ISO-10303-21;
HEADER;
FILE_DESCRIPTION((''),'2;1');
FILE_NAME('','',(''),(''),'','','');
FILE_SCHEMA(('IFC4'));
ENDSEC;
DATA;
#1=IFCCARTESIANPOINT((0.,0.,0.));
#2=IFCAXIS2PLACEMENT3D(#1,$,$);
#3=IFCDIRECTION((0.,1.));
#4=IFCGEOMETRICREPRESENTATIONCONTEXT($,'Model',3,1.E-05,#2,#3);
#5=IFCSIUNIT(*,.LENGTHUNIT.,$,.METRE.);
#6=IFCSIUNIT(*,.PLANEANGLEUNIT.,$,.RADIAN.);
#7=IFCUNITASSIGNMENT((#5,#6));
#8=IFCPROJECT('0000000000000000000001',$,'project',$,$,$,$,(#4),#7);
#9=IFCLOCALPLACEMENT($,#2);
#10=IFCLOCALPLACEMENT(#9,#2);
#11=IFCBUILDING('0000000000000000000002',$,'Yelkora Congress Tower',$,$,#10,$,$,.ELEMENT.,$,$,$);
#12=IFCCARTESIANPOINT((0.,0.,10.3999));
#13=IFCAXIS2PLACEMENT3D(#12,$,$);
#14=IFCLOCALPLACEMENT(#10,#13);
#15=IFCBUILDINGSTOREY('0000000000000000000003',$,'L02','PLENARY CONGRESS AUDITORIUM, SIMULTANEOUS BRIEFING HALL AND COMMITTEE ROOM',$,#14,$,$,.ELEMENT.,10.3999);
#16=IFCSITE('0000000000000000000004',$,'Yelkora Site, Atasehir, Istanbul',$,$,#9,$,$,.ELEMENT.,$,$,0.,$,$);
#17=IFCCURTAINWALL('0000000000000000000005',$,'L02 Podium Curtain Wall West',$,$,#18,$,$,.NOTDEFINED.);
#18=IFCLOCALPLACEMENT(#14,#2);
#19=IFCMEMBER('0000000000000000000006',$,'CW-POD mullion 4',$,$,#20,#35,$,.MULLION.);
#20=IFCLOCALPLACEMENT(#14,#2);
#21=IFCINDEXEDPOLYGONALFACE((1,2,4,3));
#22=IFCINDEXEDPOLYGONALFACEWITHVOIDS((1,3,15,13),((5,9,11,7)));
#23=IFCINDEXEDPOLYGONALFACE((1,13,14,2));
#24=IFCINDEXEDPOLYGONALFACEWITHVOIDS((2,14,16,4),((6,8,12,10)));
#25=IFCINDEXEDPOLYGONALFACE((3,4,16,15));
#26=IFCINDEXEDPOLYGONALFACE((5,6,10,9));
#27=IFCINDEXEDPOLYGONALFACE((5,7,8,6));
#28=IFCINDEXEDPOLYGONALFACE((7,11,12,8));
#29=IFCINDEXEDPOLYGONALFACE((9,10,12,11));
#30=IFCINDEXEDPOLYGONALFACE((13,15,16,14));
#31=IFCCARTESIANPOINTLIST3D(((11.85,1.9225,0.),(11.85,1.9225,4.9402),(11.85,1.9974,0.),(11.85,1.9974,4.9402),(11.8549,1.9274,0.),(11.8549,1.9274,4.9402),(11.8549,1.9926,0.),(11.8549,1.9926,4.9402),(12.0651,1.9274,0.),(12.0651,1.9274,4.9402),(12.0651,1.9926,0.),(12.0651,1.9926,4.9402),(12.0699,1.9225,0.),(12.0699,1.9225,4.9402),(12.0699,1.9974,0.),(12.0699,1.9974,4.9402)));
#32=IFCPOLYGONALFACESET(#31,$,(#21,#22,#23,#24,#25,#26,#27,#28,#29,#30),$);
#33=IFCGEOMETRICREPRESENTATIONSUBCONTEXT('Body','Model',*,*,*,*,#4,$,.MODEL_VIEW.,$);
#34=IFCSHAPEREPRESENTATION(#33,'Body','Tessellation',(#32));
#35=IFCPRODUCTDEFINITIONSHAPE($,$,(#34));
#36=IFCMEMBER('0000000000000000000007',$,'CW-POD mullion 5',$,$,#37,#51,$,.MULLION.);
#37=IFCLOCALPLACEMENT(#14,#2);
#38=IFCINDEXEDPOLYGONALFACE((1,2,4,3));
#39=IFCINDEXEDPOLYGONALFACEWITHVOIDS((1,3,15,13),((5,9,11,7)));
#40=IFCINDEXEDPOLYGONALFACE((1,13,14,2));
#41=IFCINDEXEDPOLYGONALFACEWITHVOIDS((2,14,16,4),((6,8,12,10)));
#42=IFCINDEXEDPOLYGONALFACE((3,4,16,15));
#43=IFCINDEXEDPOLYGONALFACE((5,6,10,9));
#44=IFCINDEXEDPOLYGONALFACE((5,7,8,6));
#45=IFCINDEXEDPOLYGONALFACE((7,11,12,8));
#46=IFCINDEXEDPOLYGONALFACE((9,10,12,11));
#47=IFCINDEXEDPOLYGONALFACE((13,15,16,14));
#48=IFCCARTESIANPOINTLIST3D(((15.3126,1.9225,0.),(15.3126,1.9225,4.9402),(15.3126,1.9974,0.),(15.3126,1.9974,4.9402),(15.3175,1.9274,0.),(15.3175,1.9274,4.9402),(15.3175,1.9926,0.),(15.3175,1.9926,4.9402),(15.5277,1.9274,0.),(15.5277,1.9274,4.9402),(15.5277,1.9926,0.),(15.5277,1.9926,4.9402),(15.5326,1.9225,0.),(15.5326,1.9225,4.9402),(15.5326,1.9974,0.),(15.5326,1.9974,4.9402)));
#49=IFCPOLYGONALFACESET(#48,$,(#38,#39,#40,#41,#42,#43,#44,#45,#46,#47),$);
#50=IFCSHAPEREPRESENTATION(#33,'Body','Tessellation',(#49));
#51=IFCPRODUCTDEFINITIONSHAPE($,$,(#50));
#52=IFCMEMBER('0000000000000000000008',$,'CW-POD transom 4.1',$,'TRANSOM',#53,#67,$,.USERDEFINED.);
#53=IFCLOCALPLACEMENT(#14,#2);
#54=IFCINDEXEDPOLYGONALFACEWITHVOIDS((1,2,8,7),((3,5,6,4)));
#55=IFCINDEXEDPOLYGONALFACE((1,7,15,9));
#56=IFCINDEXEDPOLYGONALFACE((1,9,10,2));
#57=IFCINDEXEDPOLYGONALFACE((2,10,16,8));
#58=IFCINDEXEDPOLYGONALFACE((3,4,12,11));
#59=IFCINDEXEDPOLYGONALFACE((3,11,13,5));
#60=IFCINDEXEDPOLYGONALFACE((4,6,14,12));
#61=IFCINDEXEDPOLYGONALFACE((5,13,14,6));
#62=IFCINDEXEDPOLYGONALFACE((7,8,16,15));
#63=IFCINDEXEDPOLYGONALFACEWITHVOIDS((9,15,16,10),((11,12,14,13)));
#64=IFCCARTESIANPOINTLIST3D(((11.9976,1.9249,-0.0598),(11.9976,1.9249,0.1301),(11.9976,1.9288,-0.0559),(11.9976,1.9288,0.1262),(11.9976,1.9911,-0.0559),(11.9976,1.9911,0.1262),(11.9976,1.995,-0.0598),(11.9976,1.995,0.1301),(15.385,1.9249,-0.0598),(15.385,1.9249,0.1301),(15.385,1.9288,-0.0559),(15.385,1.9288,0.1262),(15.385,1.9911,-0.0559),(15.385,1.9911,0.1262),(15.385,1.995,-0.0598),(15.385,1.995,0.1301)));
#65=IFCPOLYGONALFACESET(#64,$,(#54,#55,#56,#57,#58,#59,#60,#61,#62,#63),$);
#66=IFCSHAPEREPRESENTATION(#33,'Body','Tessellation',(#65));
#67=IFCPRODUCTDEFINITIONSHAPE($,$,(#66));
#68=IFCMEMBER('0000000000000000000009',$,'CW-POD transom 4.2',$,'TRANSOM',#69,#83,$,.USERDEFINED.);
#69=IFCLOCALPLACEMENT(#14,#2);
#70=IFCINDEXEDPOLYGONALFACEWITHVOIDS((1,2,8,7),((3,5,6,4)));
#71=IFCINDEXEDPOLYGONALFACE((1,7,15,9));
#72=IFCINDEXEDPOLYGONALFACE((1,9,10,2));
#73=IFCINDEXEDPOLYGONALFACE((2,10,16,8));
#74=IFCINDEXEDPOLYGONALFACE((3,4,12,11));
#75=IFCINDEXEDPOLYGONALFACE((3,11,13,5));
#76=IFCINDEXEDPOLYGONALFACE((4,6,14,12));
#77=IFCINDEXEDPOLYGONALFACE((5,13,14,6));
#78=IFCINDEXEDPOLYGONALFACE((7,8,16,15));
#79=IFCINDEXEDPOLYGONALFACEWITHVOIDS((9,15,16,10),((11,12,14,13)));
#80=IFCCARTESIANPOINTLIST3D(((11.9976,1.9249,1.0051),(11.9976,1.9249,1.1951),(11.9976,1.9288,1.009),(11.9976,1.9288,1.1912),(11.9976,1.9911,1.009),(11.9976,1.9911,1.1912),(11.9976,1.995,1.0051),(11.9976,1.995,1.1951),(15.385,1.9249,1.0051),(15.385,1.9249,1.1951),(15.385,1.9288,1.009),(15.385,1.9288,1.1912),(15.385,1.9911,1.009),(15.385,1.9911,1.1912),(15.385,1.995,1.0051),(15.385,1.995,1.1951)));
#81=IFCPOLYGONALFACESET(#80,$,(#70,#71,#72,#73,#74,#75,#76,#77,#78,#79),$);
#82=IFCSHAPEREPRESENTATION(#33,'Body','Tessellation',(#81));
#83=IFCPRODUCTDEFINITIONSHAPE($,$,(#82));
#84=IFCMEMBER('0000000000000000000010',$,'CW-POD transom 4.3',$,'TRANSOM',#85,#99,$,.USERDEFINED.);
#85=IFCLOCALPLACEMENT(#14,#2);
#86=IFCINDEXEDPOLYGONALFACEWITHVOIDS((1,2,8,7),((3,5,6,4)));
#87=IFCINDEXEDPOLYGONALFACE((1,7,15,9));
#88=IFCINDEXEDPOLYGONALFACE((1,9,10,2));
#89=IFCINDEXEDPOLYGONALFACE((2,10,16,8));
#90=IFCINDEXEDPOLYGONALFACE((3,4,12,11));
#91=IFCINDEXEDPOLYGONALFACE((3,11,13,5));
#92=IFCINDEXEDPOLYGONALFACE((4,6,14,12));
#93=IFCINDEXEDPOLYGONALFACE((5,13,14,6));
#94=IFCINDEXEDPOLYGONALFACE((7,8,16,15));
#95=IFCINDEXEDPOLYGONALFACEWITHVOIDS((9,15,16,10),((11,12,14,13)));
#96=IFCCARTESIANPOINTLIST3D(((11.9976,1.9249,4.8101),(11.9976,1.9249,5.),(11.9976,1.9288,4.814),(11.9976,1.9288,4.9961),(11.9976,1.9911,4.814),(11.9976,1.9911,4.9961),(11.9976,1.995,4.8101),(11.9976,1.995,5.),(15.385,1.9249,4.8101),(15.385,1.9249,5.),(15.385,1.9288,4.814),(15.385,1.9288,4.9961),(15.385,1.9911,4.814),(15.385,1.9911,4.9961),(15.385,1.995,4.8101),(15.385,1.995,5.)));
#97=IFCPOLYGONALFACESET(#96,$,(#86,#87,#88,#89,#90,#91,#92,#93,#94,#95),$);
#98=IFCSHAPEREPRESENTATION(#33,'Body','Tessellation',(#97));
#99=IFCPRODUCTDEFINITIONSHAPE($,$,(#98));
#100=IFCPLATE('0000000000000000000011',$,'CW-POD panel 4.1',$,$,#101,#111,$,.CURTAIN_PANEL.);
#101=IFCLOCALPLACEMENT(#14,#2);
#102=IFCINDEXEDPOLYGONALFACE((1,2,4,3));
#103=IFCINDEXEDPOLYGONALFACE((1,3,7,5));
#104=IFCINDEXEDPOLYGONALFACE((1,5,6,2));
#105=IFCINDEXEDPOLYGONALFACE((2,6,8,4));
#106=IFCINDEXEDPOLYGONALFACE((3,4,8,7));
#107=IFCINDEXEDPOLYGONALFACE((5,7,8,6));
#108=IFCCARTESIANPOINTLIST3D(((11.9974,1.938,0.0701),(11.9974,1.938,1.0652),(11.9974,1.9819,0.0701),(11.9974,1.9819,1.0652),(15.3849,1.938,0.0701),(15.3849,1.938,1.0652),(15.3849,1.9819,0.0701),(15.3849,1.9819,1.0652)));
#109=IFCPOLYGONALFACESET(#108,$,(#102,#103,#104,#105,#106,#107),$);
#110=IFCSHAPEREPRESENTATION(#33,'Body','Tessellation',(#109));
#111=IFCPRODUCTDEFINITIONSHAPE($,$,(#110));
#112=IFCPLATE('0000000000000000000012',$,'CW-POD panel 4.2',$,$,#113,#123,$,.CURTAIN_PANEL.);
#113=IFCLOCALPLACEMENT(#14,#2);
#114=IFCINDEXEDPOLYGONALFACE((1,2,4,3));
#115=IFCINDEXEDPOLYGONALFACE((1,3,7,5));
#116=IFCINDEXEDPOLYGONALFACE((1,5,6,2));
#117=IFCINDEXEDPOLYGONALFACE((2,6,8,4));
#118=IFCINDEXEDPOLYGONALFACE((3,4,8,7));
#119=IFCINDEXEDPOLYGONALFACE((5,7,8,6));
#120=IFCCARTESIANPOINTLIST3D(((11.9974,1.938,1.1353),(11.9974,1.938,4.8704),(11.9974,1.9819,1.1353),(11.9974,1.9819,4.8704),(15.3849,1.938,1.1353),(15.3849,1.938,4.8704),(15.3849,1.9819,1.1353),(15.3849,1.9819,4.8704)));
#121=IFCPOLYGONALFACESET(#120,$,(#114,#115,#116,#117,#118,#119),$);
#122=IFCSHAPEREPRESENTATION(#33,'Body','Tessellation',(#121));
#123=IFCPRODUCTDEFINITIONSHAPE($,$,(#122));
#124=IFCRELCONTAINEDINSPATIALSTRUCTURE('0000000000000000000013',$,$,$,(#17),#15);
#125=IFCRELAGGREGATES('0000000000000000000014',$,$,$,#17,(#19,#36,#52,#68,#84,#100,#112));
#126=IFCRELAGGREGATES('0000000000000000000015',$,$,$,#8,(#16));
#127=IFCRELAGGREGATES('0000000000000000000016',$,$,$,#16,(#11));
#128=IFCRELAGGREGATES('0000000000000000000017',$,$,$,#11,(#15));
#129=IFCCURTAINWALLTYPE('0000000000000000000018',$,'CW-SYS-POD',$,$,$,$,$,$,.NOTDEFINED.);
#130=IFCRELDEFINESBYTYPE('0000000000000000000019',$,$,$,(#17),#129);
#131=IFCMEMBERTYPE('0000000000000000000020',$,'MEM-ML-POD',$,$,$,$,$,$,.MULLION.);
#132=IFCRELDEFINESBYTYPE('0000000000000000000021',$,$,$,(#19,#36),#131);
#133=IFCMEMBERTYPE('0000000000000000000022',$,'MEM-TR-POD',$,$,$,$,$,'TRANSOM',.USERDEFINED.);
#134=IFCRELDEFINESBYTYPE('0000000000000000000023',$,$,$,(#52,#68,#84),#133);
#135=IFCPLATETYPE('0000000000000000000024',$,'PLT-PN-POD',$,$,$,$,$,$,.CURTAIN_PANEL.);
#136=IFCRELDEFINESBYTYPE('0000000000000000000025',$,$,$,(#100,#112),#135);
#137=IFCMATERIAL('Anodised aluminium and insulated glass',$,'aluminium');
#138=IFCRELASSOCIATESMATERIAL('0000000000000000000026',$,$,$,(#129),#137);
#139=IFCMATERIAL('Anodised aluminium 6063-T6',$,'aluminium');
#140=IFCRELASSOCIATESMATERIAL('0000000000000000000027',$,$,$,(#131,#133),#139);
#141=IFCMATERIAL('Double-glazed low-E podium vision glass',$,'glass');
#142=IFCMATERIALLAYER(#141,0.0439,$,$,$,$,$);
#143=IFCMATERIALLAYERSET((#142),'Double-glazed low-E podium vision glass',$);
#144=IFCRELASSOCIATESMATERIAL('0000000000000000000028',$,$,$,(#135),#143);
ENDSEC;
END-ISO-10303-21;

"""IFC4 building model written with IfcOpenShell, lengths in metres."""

from ifc_helpers import new_model, si_unit, direction, frame, origin, origin_2d, place, context, subcontext, project, spatial, rectangle, hollow_rectangle, extrude, material, layer, layer_set, material_profile, profile_set, type_object, element, aggregate, save


model = new_model("IFC4")

# Units and contexts
model_context = context("Model", 3, precision=1e-05, world=origin(), true_north=direction((0.0, 1.0)))
body_context = subcontext(model_context, "Body", "Model", "MODEL_VIEW")
ifc_project = project(units=[si_unit("LENGTHUNIT", "METRE"), si_unit("PLANEANGLEUNIT", "RADIAN")], contexts=[model_context])

# Site, building, storey
site_placement = place(None, origin())
site = spatial("IfcSite", under=ifc_project, at=site_placement, Name="Yelkora Site, Atasehir, Istanbul", CompositionType="ELEMENT", RefElevation=0.0)
building_placement = place(site_placement, origin())
building = spatial("IfcBuilding", under=site, at=building_placement, Name="Yelkora Congress Tower", CompositionType="ELEMENT")
storey_placement = place(building_placement, frame((0.0, 0.0, 10.3999)))
storey = spatial("IfcBuildingStorey", under=building, at=storey_placement, Name="L02", Description="PLENARY CONGRESS AUDITORIUM, SIMULTANEOUS BRIEFING HALL AND COMMITTEE ROOM", CompositionType="ELEMENT", Elevation=10.3999)

# Curtain wall, members, plates
ifc_material_1 = material(Name="Anodised aluminium and insulated glass", Category="aluminium")
curtain_wall_type = type_object("IfcCurtainWallType", Name="CW-SYS-POD", PredefinedType="NOTDEFINED", material=ifc_material_1)
curtain_wall_placement = place(storey_placement, origin())
curtain_wall = element("IfcCurtainWall", 1, at=curtain_wall_placement, inside=storey, type_object=curtain_wall_type, Name="L02 Podium Curtain Wall West", PredefinedType="NOTDEFINED")
ifc_material_2 = material(Name="Anodised aluminium 6063-T6", Category="aluminium")
ifc_material_profile_1 = material_profile(ifc_material_2, hollow_rectangle(XDim=0.075, YDim=0.22, WallThickness=0.0049, at=origin_2d()), Name="ALU 75x220x5")
ifc_profile_set_1 = profile_set([ifc_material_profile_1], Name="Anodised aluminium 6063-T6")
member_type_1 = type_object("IfcMemberType", Name="MEM-ML-POD", PredefinedType="MULLION", material=ifc_profile_set_1)
member_1_placement = place(storey_placement, frame((11.96, 1.96, 0.0), z_axis=(0.0, 0.0, 1.0), x_axis=(0.0, 1.0, 0.0)))
member_1 = element("IfcMember", 2, at=member_1_placement, type_object=member_type_1, Name="CW-POD mullion 4", PredefinedType="MULLION", context=body_context, shape_type="SweptSolid", body=[
    extrude(hollow_rectangle(XDim=0.075, YDim=0.22, WallThickness=0.0049, at=origin_2d()), origin(), (0.0, 0.0, 1.0), 4.9402),
])
member_2_placement = place(storey_placement, frame((15.4226, 1.96, 0.0), z_axis=(0.0, 0.0, 1.0), x_axis=(0.0, 1.0, 0.0)))
member_2 = element("IfcMember", 3, at=member_2_placement, type_object=member_type_1, Name="CW-POD mullion 5", PredefinedType="MULLION", context=body_context, shape_type="SweptSolid", body=[
    extrude(hollow_rectangle(XDim=0.075, YDim=0.22, WallThickness=0.0049, at=origin_2d()), origin(), (0.0, 0.0, 1.0), 4.9402),
])
ifc_material_profile_2 = material_profile(ifc_material_2, hollow_rectangle(XDim=0.0701, YDim=0.1899, WallThickness=0.0039, at=origin_2d()), Name="ALU 70x190x4")
ifc_profile_set_2 = profile_set([ifc_material_profile_2], Name="Anodised aluminium 6063-T6")
member_type_2 = type_object("IfcMemberType", Name="MEM-TR-POD", ElementType="TRANSOM", PredefinedType="USERDEFINED", material=ifc_profile_set_2)
member_3_placement = place(storey_placement, frame((11.9976, 1.96, 0.0352), z_axis=(1.0, 0.0, 0.0), x_axis=(0.0, 1.0, 0.0)))
member_3 = element("IfcMember", 4, at=member_3_placement, type_object=member_type_2, Name="CW-POD transom 4.1", ObjectType="TRANSOM", PredefinedType="USERDEFINED", context=body_context, shape_type="SweptSolid", body=[
    extrude(hollow_rectangle(XDim=0.0701, YDim=0.1899, WallThickness=0.0039, at=origin_2d()), origin(), (0.0, 0.0, 1.0), 3.3875),
])
member_4_placement = place(storey_placement, frame((11.9976, 1.96, 1.1001), z_axis=(1.0, 0.0, 0.0), x_axis=(0.0, 1.0, 0.0)))
member_4 = element("IfcMember", 5, at=member_4_placement, type_object=member_type_2, Name="CW-POD transom 4.2", ObjectType="TRANSOM", PredefinedType="USERDEFINED", context=body_context, shape_type="SweptSolid", body=[
    extrude(hollow_rectangle(XDim=0.0701, YDim=0.1899, WallThickness=0.0039, at=origin_2d()), origin(), (0.0, 0.0, 1.0), 3.3875),
])
member_5_placement = place(storey_placement, frame((11.9976, 1.96, 4.905), z_axis=(1.0, 0.0, 0.0), x_axis=(0.0, 1.0, 0.0)))
member_5 = element("IfcMember", 6, at=member_5_placement, type_object=member_type_2, Name="CW-POD transom 4.3", ObjectType="TRANSOM", PredefinedType="USERDEFINED", context=body_context, shape_type="SweptSolid", body=[
    extrude(hollow_rectangle(XDim=0.0701, YDim=0.1899, WallThickness=0.0039, at=origin_2d()), origin(), (0.0, 0.0, 1.0), 3.3875),
])
ifc_material_3 = material(Name="Double-glazed low-E podium vision glass", Category="glass")
ifc_layer_1 = layer(ifc_material_3, 0.0439)
ifc_layer_set_1 = layer_set([ifc_layer_1], Name="Double-glazed low-E podium vision glass")
plate_type = type_object("IfcPlateType", Name="PLT-PN-POD", PredefinedType="CURTAIN_PANEL", material=ifc_layer_set_1)
plate_1_placement = place(storey_placement, frame((13.6912, 1.96, 0.0701), z_axis=(0.0, 0.0, 1.0), x_axis=(1.0, 0.0, 0.0)))
plate_1 = element("IfcPlate", 7, at=plate_1_placement, type_object=plate_type, Name="CW-POD panel 4.1", PredefinedType="CURTAIN_PANEL", context=body_context, shape_type="SweptSolid", body=[
    extrude(rectangle(XDim=3.3875, YDim=0.0439, at=origin_2d()), origin(), (0.0, 0.0, 1.0), 0.9951),
])
plate_2_placement = place(storey_placement, frame((13.6912, 1.96, 1.1353), z_axis=(0.0, 0.0, 1.0), x_axis=(1.0, 0.0, 0.0)))
plate_2 = element("IfcPlate", 8, at=plate_2_placement, type_object=plate_type, Name="CW-POD panel 4.2", PredefinedType="CURTAIN_PANEL", context=body_context, shape_type="SweptSolid", body=[
    extrude(rectangle(XDim=3.3875, YDim=0.0439, at=origin_2d()), origin(), (0.0, 0.0, 1.0), 3.7351),
])
aggregate(curtain_wall, [member_1, member_2, member_3, member_4, member_5, plate_1, plate_2])

save(model, "model.ifc")
